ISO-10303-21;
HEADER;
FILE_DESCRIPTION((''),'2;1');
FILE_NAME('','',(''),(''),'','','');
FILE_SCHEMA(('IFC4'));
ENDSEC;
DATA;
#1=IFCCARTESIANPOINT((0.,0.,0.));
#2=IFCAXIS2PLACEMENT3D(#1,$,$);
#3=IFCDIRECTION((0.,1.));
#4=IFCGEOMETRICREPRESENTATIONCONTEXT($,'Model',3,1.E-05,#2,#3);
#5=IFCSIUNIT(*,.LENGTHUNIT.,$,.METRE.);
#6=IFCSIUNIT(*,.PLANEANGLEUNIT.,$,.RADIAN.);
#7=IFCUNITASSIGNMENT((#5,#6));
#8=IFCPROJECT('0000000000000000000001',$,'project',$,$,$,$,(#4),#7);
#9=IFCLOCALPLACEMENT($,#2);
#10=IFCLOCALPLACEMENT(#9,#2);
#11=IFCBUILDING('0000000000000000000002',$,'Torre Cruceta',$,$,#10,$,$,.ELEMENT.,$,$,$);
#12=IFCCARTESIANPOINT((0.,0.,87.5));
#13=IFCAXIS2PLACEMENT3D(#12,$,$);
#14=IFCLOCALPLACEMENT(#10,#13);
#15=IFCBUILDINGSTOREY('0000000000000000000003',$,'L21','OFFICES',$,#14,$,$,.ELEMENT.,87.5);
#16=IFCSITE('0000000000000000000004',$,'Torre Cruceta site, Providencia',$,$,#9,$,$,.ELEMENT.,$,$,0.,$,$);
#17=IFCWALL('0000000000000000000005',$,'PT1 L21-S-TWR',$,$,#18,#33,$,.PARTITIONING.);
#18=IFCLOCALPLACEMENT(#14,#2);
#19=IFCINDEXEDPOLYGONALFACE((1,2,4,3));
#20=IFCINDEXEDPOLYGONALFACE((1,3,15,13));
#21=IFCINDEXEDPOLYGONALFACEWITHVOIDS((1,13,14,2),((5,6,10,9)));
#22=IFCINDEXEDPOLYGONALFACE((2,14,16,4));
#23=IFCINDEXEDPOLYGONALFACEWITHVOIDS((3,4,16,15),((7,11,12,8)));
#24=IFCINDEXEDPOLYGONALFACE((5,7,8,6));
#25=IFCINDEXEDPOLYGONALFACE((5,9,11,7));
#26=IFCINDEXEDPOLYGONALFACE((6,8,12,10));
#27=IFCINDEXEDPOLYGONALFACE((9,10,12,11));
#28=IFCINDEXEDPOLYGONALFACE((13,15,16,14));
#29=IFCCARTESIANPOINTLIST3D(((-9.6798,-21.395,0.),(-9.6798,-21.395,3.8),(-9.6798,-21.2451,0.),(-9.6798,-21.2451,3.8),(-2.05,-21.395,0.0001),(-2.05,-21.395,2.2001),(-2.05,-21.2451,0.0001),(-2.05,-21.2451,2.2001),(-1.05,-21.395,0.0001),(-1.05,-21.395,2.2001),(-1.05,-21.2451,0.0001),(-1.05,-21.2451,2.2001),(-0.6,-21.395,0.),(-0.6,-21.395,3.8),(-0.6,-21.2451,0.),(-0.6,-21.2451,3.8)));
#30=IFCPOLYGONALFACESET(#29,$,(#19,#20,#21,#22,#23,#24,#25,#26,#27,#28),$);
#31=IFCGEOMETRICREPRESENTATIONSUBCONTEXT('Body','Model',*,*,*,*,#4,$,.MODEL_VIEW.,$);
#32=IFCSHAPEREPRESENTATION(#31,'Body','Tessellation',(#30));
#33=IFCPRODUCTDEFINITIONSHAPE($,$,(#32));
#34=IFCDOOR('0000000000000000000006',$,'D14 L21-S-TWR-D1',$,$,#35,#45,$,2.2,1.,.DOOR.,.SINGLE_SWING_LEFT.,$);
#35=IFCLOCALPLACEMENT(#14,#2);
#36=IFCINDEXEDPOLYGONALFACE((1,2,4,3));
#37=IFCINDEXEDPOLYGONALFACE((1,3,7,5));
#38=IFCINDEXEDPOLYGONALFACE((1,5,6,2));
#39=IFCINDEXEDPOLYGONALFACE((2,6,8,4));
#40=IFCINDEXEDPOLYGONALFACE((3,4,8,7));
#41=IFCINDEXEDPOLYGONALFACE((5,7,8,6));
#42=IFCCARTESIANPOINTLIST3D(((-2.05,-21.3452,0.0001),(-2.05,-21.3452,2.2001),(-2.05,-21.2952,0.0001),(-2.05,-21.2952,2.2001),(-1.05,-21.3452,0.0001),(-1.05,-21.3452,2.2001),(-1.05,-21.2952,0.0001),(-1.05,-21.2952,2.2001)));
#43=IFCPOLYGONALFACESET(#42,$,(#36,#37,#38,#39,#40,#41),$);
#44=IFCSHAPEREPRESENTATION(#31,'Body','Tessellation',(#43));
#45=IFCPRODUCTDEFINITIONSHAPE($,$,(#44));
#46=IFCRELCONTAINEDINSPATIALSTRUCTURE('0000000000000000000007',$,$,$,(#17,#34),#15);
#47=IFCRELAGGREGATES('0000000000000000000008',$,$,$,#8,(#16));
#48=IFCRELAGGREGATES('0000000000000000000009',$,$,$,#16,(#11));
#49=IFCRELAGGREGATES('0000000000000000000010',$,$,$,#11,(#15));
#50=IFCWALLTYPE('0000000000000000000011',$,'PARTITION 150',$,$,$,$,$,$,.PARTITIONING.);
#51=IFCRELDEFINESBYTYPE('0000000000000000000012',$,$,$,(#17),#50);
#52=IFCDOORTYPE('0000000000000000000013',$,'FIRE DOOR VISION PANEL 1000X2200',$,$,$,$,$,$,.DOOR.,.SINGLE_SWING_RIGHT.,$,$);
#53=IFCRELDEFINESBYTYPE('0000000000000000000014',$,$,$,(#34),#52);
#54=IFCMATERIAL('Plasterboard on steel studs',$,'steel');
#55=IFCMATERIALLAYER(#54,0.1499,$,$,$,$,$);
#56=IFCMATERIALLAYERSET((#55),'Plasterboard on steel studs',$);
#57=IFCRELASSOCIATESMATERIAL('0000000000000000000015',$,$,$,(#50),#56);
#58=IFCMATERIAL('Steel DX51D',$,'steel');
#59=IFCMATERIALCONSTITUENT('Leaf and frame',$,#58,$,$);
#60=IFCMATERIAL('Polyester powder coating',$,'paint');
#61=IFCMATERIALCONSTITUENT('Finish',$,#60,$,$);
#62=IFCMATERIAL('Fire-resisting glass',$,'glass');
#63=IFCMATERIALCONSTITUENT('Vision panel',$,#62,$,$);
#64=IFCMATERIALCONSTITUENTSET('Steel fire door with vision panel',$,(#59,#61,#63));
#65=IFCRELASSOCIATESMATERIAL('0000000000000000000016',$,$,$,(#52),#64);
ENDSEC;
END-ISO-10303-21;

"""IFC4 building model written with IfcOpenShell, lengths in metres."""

from ifc_helpers import new_model, si_unit, direction, frame, frame_2d, origin, place, context, subcontext, project, spatial, rectangle, extrude, material, layer, layer_set, constituent, constituent_set, type_object, element, fill, save


model = new_model("IFC4")

# Units and contexts
model_context = context("Model", 3, precision=1e-05, world=origin(), true_north=direction((0.0, 1.0)))
body_context = subcontext(model_context, "Body", "Model", "MODEL_VIEW")
ifc_project = project(units=[si_unit("LENGTHUNIT", "METRE"), si_unit("PLANEANGLEUNIT", "RADIAN")], contexts=[model_context])

# Site, building, storey
site_placement = place(None, origin())
site = spatial("IfcSite", under=ifc_project, at=site_placement, Name="Torre Cruceta site, Providencia", CompositionType="ELEMENT", RefElevation=0.0)
building_placement = place(site_placement, origin())
building = spatial("IfcBuilding", under=site, at=building_placement, Name="Torre Cruceta", CompositionType="ELEMENT")
storey_placement = place(building_placement, frame((0.0, 0.0, 87.5)))
storey = spatial("IfcBuildingStorey", under=building, at=storey_placement, Name="L21", Description="OFFICES", CompositionType="ELEMENT", Elevation=87.5)

# Wall, opening, door
ifc_material_1 = material(Name="Plasterboard on steel studs", Category="steel")
ifc_layer_1 = layer(ifc_material_1, 0.1499)
ifc_layer_set_1 = layer_set([ifc_layer_1], Name="Plasterboard on steel studs")
wall_type_1 = type_object("IfcWallType", Name="PARTITION 150", PredefinedType="PARTITIONING", material=ifc_layer_set_1)
wall_1_placement = place(storey_placement, frame((-9.6799, -21.3201, 0.0), z_axis=(0.0, 0.0, 1.0), x_axis=(1.0, 0.0, 0.0)))
wall_1 = element("IfcWall", 1, at=wall_1_placement, inside=storey, type_object=wall_type_1, Name="PT1 L21-S-TWR", PredefinedType="PARTITIONING", context=body_context, shape_type="SweptSolid", body=[
    extrude(rectangle(XDim=9.0798, YDim=0.1499, at=frame_2d((4.54, 0.0))), origin(), (0.0, 0.0, 1.0), 3.8),
])
opening_1_placement = place(wall_1_placement, frame((7.6299, 0.0, 0.0)))
opening_1 = element("IfcOpeningElement", 2, at=opening_1_placement, cuts=wall_1, PredefinedType="OPENING", context=body_context, shape_type="SweptSolid", body=[
    extrude(rectangle(XDim=1.0, YDim=2.2, at=frame_2d((0.5, 1.1001))), frame((0.0, 0.085, 0.0), z_axis=(0.0, -1.0, 0.0), x_axis=(1.0, 0.0, 0.0)), (0.0, 0.0, 1.0), 0.1699),
])
ifc_material_2 = material(Name="Steel DX51D", Category="steel")
ifc_constituent_1 = constituent(ifc_material_2, Name="Leaf and frame")
ifc_material_3 = material(Name="Polyester powder coating", Category="paint")
ifc_constituent_2 = constituent(ifc_material_3, Name="Finish")
ifc_material_4 = material(Name="Fire-resisting glass", Category="glass")
ifc_constituent_3 = constituent(ifc_material_4, Name="Vision panel")
ifc_constituent_set_1 = constituent_set(constituents=[ifc_constituent_1, ifc_constituent_2, ifc_constituent_3], Name="Steel fire door with vision panel")
door_type = type_object("IfcDoorType", Name="FIRE DOOR VISION PANEL 1000X2200", OperationType="SINGLE_SWING_RIGHT", PredefinedType="DOOR", material=ifc_constituent_set_1)
door_placement = place(opening_1_placement, frame((1.0, 0.0, 0.0), z_axis=(0.0, 0.0, 1.0), x_axis=(-1.0, 0.0, 0.0)))
door = element("IfcDoor", 3, at=door_placement, inside=storey, type_object=door_type, Name="D14 L21-S-TWR-D1", OperationType="SINGLE_SWING_LEFT", OverallHeight=2.2, OverallWidth=1.0, PredefinedType="DOOR", context=body_context, shape_type="SweptSolid", body=[
    extrude(rectangle(XDim=1.0, YDim=2.2, at=frame_2d((0.5, 1.1001))), frame((0.0, 0.0251, 0.0), z_axis=(0.0, -1.0, 0.0), x_axis=(1.0, 0.0, 0.0)), (0.0, 0.0, 1.0), 0.05),
])
fill(opening_1, door)

save(model, "model.ifc")
